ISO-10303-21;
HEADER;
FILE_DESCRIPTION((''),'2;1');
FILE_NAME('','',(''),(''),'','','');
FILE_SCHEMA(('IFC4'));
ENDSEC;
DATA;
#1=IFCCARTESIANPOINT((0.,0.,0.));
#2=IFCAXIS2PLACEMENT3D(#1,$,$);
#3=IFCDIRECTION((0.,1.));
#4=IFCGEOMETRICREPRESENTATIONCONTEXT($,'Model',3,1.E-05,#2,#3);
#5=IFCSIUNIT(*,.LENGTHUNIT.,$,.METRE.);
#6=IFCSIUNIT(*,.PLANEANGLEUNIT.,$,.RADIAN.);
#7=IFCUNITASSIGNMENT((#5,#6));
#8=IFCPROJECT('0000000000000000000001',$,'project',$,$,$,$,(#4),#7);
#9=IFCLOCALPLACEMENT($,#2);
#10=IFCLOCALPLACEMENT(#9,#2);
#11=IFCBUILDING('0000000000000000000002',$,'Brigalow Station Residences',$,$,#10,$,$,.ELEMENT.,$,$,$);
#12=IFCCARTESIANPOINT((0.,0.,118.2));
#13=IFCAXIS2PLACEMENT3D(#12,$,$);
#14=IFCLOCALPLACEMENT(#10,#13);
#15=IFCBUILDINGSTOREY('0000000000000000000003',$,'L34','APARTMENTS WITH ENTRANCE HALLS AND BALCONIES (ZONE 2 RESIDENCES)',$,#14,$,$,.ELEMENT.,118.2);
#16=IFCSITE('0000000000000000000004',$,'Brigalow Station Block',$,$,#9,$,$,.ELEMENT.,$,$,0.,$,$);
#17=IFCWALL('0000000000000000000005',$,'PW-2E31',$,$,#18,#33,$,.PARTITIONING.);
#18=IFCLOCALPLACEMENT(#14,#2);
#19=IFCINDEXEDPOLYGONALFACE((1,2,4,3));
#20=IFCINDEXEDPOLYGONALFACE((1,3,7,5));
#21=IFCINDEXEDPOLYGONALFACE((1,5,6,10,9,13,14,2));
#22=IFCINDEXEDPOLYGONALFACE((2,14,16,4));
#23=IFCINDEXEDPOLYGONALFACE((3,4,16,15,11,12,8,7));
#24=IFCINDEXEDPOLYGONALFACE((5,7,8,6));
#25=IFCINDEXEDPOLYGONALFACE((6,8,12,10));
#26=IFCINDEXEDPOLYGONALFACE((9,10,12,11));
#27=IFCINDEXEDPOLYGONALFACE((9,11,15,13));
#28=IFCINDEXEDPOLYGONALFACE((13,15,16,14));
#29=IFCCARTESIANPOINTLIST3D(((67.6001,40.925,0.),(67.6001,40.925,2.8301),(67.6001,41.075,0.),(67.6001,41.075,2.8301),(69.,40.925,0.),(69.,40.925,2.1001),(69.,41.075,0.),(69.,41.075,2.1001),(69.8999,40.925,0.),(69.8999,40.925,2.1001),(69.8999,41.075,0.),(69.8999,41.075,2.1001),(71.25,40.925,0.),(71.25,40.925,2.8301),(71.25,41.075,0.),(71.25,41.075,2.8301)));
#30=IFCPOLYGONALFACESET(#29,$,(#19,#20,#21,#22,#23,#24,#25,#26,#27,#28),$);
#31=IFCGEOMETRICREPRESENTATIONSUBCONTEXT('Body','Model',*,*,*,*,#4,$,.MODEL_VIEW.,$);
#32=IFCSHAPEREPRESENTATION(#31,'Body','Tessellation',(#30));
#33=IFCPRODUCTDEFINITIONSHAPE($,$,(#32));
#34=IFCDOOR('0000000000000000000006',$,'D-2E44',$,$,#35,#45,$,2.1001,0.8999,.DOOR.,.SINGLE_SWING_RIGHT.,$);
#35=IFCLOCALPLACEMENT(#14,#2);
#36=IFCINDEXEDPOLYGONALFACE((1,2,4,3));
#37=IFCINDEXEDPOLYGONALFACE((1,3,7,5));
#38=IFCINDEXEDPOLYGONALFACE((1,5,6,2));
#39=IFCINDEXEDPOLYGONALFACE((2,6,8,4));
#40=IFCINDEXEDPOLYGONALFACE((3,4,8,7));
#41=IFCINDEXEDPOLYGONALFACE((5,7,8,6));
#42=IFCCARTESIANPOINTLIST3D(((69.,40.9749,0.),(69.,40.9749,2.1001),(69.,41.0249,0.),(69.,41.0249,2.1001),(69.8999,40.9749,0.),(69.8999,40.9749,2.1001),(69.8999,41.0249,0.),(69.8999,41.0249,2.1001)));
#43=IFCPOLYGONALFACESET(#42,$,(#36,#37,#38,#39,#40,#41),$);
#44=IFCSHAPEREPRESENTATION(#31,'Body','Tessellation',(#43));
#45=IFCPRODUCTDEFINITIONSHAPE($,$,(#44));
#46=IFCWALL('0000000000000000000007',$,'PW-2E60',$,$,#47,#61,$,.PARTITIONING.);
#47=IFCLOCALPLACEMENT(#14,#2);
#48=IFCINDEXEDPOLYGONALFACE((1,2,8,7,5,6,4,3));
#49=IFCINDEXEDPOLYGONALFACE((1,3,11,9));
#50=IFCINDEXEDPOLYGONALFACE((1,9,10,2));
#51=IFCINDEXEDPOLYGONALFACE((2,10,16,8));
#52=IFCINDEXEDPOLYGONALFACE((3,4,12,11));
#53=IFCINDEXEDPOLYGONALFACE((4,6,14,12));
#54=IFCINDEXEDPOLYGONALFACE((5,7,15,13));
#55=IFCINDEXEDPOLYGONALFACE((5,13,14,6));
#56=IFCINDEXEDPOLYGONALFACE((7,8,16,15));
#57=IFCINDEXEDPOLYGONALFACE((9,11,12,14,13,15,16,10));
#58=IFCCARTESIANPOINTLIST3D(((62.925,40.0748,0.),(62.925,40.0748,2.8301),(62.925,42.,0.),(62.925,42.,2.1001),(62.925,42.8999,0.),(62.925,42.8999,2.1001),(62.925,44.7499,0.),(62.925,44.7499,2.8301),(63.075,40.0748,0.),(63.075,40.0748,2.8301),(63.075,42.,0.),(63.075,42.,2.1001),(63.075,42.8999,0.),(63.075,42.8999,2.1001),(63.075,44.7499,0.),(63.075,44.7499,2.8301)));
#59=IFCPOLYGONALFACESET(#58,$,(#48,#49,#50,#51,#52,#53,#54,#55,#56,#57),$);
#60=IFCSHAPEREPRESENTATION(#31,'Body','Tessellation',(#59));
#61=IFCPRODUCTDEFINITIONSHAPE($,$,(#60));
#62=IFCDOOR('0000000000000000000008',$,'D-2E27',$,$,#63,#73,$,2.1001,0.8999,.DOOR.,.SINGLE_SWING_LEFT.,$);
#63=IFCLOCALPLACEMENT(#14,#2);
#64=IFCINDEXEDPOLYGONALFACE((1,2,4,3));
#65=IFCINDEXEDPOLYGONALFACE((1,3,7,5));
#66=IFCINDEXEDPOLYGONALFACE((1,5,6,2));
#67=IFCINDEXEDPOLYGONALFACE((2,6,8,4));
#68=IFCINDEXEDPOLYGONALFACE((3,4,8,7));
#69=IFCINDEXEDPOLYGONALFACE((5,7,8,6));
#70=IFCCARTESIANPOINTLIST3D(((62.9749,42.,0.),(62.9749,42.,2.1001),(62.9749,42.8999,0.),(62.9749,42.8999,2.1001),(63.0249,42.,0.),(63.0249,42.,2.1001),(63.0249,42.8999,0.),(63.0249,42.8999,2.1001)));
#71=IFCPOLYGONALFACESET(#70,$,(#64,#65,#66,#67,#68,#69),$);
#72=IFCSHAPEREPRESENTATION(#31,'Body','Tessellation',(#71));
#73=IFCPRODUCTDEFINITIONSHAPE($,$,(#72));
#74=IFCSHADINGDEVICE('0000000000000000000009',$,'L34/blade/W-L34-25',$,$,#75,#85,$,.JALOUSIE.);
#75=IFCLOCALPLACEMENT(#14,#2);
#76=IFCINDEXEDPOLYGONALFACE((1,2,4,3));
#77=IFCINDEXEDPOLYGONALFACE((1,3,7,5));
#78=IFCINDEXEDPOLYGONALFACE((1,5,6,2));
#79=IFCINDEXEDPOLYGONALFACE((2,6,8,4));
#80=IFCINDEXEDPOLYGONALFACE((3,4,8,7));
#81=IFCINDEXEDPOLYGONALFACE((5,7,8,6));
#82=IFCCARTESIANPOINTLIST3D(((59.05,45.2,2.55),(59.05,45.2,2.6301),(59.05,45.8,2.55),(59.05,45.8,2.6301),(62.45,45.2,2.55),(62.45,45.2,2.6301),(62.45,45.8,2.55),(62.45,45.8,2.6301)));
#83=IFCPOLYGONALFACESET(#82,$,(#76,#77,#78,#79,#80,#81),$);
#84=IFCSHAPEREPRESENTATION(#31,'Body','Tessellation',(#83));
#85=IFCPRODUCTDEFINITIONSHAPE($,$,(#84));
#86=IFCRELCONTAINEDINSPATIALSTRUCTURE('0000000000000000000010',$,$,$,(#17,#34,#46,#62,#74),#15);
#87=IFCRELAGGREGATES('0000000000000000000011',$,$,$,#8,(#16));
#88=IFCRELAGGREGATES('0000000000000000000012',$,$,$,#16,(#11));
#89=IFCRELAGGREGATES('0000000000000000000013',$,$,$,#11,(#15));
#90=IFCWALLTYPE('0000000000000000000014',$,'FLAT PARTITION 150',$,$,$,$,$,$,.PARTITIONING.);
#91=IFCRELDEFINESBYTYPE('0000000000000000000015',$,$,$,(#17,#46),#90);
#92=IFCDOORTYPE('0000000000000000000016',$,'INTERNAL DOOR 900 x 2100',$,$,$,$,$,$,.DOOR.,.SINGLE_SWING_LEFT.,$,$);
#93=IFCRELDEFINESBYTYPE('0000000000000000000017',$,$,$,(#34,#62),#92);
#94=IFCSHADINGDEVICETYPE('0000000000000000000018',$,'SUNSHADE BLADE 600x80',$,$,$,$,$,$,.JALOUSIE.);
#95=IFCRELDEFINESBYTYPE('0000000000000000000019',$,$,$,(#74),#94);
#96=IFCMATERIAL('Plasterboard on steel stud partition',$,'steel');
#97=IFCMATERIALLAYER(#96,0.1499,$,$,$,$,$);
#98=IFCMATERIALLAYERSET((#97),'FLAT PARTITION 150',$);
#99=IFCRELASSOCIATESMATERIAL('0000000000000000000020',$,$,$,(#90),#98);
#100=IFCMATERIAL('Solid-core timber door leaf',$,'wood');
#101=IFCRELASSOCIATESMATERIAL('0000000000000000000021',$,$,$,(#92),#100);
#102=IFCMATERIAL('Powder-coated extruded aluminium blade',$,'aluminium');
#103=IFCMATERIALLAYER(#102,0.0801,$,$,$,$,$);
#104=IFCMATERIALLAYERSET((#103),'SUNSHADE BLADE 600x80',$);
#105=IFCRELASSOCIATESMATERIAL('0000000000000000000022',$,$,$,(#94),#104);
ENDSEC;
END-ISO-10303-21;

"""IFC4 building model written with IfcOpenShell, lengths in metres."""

from ifc_helpers import new_model, si_unit, direction, frame, frame_2d, origin, origin_2d, place, context, subcontext, project, spatial, rectangle, extrude, material, layer, layer_set, type_object, element, fill, save


model = new_model("IFC4")

# Units and contexts
model_context = context("Model", 3, precision=1e-05, world=origin(), true_north=direction((0.0, 1.0)))
body_context = subcontext(model_context, "Body", "Model", "MODEL_VIEW")
ifc_project = project(units=[si_unit("LENGTHUNIT", "METRE"), si_unit("PLANEANGLEUNIT", "RADIAN")], contexts=[model_context])

# Site, building, storey
site_placement = place(None, origin())
site = spatial("IfcSite", under=ifc_project, at=site_placement, Name="Brigalow Station Block", CompositionType="ELEMENT", RefElevation=0.0)
building_placement = place(site_placement, origin())
building = spatial("IfcBuilding", under=site, at=building_placement, Name="Brigalow Station Residences", CompositionType="ELEMENT")
storey_placement = place(building_placement, frame((0.0, 0.0, 118.2)))
storey = spatial("IfcBuildingStorey", under=building, at=storey_placement, Name="L34", Description="APARTMENTS WITH ENTRANCE HALLS AND BALCONIES (ZONE 2 RESIDENCES)", CompositionType="ELEMENT", Elevation=118.2)

# Walls, openings, doors
ifc_material_1 = material(Name="Plasterboard on steel stud partition", Category="steel")
ifc_layer_1 = layer(ifc_material_1, 0.1499)
ifc_layer_set_1 = layer_set([ifc_layer_1], Name="FLAT PARTITION 150")
wall_type_1 = type_object("IfcWallType", Name="FLAT PARTITION 150", PredefinedType="PARTITIONING", material=ifc_layer_set_1)
wall_1_placement = place(storey_placement, frame((67.6001, 41.0, 0.0), z_axis=(0.0, 0.0, 1.0), x_axis=(1.0, 0.0, 0.0)))
wall_1 = element("IfcWall", 1, at=wall_1_placement, inside=storey, type_object=wall_type_1, Name="PW-2E31", PredefinedType="PARTITIONING", context=body_context, shape_type="SweptSolid", body=[
    extrude(rectangle(XDim=3.6499, YDim=0.1499, at=frame_2d((1.825, 0.0))), origin(), (0.0, 0.0, 1.0), 2.8301),
])
opening_1_placement = place(wall_1_placement, frame((1.3999, 0.0, 0.0)))
opening_1 = element("IfcOpeningElement", 2, at=opening_1_placement, cuts=wall_1, PredefinedType="OPENING", context=body_context, shape_type="SweptSolid", body=[
    extrude(rectangle(XDim=0.8999, YDim=2.1001, at=frame_2d((0.45, 1.05))), frame((0.0, 0.085, 0.0), z_axis=(0.0, -1.0, 0.0), x_axis=(1.0, 0.0, 0.0)), (0.0, 0.0, 1.0), 0.1699),
])
ifc_material_2 = material(Name="Solid-core timber door leaf", Category="wood")
door_type_1 = type_object("IfcDoorType", Name="INTERNAL DOOR 900 x 2100", OperationType="SINGLE_SWING_LEFT", PredefinedType="DOOR", material=ifc_material_2)
door_1_placement = place(opening_1_placement, origin())
door_1 = element("IfcDoor", 3, at=door_1_placement, inside=storey, type_object=door_type_1, Name="D-2E44", OperationType="SINGLE_SWING_RIGHT", OverallHeight=2.1001, OverallWidth=0.8999, PredefinedType="DOOR", context=body_context, shape_type="SweptSolid", body=[
    extrude(rectangle(XDim=0.8999, YDim=2.1001, at=frame_2d((0.45, 1.05))), frame((0.0, 0.0249, 0.0), z_axis=(0.0, -1.0, 0.0), x_axis=(1.0, 0.0, 0.0)), (0.0, 0.0, 1.0), 0.05),
])
fill(opening_1, door_1)
wall_2_placement = place(storey_placement, frame((63.0, 40.075, 0.0), z_axis=(0.0, 0.0, 1.0), x_axis=(0.0, 1.0, 0.0)))
wall_2 = element("IfcWall", 4, at=wall_2_placement, inside=storey, type_object=wall_type_1, Name="PW-2E60", PredefinedType="PARTITIONING", context=body_context, shape_type="SweptSolid", body=[
    extrude(rectangle(XDim=4.675, YDim=0.1499, at=frame_2d((2.3374, 0.0))), origin(), (0.0, 0.0, 1.0), 2.8301),
])
opening_2_placement = place(wall_2_placement, frame((1.925, 0.0, 0.0)))
opening_2 = element("IfcOpeningElement", 5, at=opening_2_placement, cuts=wall_2, PredefinedType="OPENING", context=body_context, shape_type="SweptSolid", body=[
    extrude(rectangle(XDim=0.8999, YDim=2.1001, at=frame_2d((0.45, 1.05))), frame((0.0, 0.085, 0.0), z_axis=(0.0, -1.0, 0.0), x_axis=(1.0, 0.0, 0.0)), (0.0, 0.0, 1.0), 0.1699),
])
door_2_placement = place(opening_2_placement, frame((0.8999, 0.0, 0.0), z_axis=(0.0, 0.0, 1.0), x_axis=(-1.0, 0.0, 0.0)))
door_2 = element("IfcDoor", 6, at=door_2_placement, inside=storey, type_object=door_type_1, Name="D-2E27", OperationType="SINGLE_SWING_LEFT", OverallHeight=2.1001, OverallWidth=0.8999, PredefinedType="DOOR", context=body_context, shape_type="SweptSolid", body=[
    extrude(rectangle(XDim=0.8999, YDim=2.1001, at=frame_2d((0.45, 1.05))), frame((0.0, 0.0249, 0.0), z_axis=(0.0, -1.0, 0.0), x_axis=(1.0, 0.0, 0.0)), (0.0, 0.0, 1.0), 0.05),
])
fill(opening_2, door_2)

# Shading device
ifc_material_3 = material(Name="Powder-coated extruded aluminium blade", Category="aluminium")
ifc_layer_2 = layer(ifc_material_3, 0.0801)
ifc_layer_set_2 = layer_set([ifc_layer_2], Name="SUNSHADE BLADE 600x80")
shading_device_type = type_object("IfcShadingDeviceType", Name="SUNSHADE BLADE 600x80", PredefinedType="JALOUSIE", material=ifc_layer_set_2)
shading_device_placement = place(storey_placement, frame((60.75, 45.5, 2.55), z_axis=(0.0, 0.0, 1.0), x_axis=(-1.0, 0.0, 0.0)))
element("IfcShadingDevice", 7, at=shading_device_placement, inside=storey, type_object=shading_device_type, Name="L34/blade/W-L34-25", PredefinedType="JALOUSIE", context=body_context, shape_type="SweptSolid", body=[
    extrude(rectangle(XDim=3.3999, YDim=0.6001, at=origin_2d()), origin(), (0.0, 0.0, 1.0), 0.0801),
])

save(model, "model.ifc")
